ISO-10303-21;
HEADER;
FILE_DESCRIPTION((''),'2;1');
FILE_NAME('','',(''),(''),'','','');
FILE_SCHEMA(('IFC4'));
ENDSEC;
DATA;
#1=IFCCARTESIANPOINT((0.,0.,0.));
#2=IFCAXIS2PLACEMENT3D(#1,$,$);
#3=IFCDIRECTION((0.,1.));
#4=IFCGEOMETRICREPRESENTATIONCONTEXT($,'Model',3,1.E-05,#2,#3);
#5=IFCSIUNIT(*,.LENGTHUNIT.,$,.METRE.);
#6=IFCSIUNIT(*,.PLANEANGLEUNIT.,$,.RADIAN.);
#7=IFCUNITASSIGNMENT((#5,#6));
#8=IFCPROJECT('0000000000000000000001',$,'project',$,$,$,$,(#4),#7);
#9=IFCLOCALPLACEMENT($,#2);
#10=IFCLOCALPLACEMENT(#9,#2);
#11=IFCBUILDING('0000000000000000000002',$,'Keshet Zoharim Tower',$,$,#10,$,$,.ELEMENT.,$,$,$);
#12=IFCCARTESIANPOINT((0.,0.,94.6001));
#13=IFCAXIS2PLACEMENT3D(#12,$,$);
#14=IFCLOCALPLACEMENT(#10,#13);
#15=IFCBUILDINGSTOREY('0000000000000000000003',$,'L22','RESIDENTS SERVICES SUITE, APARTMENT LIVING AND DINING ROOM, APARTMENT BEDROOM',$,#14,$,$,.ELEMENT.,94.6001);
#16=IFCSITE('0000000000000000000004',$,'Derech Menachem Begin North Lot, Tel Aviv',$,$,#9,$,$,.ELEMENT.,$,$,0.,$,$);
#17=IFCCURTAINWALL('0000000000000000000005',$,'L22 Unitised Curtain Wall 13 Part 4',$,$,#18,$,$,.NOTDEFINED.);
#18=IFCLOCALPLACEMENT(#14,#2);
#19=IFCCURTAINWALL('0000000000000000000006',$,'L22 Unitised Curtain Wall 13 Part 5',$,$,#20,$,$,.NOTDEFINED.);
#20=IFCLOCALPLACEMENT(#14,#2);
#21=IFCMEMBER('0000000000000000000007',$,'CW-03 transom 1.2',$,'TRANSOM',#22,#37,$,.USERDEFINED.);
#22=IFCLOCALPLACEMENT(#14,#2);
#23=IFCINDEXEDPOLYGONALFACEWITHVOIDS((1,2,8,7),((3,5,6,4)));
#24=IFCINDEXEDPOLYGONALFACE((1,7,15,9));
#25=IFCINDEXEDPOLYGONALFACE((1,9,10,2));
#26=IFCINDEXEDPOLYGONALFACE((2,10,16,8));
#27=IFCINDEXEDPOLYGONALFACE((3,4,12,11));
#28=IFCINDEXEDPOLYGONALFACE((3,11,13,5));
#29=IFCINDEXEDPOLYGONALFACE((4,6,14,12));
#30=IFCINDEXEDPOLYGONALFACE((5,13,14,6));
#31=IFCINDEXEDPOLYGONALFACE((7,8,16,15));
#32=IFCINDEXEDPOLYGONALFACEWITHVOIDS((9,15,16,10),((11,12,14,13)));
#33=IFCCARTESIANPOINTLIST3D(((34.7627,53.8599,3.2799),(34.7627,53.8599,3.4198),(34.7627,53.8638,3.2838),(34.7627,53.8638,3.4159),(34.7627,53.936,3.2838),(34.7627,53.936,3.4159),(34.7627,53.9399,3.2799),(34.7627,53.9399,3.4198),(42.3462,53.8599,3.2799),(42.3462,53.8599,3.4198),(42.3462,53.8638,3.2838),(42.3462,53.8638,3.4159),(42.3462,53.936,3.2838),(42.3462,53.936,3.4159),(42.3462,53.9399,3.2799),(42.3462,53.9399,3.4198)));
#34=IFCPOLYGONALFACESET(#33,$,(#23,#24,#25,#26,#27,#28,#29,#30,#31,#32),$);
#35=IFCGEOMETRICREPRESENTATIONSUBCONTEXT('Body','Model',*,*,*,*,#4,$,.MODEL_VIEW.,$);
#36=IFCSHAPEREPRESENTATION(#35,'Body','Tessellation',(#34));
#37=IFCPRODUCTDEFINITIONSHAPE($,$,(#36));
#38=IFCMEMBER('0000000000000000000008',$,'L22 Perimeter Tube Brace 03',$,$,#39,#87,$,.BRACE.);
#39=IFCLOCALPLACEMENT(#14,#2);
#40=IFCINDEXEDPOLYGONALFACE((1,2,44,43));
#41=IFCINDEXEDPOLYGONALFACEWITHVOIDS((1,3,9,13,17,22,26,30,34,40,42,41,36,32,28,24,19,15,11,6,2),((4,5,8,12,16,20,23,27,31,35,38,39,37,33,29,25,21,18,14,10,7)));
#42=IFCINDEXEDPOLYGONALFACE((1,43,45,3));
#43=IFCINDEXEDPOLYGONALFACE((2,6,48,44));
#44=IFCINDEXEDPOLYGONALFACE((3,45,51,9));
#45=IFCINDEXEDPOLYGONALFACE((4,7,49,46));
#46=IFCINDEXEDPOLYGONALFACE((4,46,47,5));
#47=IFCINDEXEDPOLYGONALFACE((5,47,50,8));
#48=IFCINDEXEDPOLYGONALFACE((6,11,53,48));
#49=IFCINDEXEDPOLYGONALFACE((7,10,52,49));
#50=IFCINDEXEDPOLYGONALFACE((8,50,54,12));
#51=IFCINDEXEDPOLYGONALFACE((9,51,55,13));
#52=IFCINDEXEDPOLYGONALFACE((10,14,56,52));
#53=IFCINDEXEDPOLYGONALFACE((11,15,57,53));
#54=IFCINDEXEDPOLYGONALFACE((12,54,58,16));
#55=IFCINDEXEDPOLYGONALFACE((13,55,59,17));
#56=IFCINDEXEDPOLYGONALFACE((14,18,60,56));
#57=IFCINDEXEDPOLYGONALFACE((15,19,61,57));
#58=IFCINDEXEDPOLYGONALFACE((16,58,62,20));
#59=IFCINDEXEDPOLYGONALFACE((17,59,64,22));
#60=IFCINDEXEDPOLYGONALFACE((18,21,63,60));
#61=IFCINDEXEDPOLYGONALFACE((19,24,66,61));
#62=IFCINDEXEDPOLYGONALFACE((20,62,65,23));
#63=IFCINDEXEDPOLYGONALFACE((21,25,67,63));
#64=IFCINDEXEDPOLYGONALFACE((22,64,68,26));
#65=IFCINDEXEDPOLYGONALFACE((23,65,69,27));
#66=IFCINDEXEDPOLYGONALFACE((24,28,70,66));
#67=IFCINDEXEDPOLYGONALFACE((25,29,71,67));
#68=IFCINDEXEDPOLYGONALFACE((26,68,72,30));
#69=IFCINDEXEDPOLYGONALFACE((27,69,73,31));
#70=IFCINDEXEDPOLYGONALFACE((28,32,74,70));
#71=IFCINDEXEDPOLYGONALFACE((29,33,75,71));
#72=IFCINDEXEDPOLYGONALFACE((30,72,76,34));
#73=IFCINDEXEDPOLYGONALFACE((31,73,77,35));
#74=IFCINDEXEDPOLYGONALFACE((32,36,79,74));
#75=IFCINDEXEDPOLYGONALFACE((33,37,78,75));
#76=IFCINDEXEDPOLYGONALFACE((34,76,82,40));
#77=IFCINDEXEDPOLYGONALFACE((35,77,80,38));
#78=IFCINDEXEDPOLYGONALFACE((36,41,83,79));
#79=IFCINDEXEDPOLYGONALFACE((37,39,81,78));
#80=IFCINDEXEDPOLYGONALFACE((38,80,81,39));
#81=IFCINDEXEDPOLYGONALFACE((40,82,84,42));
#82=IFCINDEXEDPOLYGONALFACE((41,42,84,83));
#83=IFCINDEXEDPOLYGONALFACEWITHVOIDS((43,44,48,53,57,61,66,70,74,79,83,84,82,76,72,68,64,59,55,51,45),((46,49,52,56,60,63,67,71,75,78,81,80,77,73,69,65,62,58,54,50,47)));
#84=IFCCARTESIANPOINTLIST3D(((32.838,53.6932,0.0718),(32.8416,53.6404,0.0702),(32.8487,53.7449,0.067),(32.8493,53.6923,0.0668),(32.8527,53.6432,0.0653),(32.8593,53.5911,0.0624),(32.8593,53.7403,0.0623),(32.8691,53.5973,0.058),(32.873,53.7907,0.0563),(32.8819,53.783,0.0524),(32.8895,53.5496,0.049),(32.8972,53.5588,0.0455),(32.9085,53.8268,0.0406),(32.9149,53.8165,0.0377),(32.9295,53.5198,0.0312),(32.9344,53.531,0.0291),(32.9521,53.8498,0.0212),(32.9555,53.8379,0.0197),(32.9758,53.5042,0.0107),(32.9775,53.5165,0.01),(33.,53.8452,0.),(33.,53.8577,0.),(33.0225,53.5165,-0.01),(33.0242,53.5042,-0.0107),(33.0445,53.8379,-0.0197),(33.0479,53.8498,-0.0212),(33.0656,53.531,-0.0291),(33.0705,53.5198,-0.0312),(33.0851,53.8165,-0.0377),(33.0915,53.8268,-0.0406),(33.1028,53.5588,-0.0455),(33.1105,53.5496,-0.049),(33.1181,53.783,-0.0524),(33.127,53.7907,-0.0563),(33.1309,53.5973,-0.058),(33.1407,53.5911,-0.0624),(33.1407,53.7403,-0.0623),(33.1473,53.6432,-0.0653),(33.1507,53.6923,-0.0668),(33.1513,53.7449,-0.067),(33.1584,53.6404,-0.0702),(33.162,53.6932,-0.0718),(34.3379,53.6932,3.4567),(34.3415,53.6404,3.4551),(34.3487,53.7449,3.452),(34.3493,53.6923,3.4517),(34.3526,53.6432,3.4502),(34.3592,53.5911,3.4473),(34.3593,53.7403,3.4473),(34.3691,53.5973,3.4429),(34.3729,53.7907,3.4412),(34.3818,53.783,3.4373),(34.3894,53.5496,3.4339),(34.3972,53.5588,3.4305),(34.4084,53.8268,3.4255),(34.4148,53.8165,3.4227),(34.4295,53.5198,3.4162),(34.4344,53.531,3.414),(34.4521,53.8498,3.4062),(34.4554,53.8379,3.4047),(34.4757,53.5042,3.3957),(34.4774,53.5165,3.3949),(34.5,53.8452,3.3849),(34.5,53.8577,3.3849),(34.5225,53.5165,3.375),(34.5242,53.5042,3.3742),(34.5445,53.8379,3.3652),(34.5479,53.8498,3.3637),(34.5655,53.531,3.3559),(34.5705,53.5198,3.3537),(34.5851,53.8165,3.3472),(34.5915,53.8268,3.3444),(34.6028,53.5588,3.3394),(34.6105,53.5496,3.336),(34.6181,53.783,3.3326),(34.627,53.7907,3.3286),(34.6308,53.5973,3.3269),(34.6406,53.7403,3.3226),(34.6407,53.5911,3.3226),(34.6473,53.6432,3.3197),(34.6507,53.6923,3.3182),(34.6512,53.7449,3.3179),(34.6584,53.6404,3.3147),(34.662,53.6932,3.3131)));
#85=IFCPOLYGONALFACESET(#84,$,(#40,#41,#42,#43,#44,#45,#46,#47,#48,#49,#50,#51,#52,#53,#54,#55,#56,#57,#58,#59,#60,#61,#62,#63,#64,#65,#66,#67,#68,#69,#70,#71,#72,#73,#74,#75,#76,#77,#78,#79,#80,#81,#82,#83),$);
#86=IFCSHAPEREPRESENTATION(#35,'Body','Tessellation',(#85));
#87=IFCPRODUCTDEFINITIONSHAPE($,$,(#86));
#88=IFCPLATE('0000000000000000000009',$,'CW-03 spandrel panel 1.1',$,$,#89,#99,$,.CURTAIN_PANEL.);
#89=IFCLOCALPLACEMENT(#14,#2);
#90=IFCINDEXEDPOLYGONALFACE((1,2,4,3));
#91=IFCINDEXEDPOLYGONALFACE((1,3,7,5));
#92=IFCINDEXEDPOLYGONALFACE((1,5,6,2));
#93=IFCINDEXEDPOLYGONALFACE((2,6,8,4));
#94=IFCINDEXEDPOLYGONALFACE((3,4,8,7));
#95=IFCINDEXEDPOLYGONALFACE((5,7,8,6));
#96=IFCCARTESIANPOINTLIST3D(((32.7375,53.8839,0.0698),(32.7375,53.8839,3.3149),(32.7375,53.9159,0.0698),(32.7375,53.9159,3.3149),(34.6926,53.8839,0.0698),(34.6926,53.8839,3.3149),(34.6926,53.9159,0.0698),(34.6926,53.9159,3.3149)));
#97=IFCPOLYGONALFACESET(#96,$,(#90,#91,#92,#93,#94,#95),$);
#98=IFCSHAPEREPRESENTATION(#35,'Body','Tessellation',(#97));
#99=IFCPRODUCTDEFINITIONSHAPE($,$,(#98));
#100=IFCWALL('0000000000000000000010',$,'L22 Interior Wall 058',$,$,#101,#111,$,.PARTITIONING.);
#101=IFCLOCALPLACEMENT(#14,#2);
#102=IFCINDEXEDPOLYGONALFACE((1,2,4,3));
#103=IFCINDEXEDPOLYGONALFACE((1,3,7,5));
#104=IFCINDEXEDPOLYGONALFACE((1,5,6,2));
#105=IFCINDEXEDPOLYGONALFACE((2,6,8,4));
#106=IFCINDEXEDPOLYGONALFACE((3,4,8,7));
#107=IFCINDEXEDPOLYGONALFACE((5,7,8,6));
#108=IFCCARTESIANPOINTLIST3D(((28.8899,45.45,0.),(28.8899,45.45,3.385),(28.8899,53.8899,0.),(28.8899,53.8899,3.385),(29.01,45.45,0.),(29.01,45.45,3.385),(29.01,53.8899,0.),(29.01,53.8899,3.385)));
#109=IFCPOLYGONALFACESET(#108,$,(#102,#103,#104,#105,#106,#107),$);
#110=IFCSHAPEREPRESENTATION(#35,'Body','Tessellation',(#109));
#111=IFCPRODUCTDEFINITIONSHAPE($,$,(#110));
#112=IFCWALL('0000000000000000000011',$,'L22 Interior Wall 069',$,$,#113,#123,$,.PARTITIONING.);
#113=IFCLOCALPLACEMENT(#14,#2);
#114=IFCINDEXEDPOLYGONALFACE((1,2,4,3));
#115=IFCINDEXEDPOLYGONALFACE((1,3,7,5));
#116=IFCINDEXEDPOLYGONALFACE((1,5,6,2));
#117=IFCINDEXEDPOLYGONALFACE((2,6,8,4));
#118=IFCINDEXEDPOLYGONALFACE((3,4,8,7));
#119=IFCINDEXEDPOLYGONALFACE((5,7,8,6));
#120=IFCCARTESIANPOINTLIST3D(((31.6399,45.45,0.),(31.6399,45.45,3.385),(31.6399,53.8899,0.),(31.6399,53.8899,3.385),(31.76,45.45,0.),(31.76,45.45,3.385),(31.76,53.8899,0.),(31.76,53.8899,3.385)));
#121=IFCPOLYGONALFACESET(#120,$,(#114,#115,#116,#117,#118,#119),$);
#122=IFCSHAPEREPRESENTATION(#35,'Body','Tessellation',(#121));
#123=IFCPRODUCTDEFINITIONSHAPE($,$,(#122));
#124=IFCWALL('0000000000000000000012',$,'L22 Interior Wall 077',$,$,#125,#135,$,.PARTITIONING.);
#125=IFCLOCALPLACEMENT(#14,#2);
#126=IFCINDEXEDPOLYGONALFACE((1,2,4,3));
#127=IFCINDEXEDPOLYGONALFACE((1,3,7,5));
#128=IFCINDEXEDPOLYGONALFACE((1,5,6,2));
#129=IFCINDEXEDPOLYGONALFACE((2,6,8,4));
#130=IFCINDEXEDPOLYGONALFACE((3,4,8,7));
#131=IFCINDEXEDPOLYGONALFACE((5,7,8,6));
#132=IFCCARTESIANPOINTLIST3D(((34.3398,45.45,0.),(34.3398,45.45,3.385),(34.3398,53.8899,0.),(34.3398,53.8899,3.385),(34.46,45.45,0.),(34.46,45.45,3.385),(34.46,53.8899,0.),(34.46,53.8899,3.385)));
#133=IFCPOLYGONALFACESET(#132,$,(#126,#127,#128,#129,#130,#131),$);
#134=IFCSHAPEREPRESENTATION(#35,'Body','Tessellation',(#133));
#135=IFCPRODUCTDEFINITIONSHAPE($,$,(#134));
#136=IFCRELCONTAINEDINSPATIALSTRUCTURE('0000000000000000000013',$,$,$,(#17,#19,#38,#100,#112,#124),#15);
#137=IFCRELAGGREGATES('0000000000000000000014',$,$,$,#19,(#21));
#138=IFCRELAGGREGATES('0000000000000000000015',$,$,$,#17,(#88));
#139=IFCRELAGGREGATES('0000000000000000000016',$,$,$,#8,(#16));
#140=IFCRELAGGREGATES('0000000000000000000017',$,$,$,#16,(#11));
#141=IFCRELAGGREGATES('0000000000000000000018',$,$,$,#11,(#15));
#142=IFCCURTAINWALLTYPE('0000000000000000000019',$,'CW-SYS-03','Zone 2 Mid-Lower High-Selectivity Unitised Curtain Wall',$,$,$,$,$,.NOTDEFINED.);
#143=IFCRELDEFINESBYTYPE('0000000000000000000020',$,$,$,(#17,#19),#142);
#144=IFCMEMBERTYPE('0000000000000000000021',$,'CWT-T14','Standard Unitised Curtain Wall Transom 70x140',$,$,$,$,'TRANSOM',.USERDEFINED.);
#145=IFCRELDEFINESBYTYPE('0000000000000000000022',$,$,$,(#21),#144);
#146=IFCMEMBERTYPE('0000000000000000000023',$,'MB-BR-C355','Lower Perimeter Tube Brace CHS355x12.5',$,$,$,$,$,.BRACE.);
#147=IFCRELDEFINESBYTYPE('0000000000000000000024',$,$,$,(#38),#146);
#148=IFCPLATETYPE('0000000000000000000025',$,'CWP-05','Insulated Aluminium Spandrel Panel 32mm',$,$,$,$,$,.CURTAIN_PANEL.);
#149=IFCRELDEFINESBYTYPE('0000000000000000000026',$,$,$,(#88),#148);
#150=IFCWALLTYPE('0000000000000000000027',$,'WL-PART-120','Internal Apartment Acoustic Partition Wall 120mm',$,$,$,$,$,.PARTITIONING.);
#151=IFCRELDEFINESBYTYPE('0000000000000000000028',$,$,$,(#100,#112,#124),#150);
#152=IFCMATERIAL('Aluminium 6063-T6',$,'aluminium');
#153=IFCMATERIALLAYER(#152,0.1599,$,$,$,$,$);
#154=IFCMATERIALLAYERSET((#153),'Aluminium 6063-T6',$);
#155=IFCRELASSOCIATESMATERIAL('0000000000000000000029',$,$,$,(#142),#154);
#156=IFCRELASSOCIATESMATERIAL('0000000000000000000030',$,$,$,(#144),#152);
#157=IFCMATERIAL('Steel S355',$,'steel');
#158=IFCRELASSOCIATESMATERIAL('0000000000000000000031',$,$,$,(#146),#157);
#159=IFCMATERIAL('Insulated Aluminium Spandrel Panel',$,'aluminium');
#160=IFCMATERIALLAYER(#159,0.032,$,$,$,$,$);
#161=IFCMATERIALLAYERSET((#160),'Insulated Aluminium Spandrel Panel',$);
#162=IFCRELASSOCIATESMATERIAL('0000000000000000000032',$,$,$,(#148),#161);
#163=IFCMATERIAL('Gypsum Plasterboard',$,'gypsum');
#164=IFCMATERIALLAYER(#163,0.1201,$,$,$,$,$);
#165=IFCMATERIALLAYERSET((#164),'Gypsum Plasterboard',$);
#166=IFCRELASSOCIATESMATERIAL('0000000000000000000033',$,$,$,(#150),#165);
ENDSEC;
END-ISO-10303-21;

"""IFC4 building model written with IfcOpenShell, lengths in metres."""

from ifc_helpers import new_model, si_unit, direction, frame, frame_2d, origin, origin_2d, place, context, subcontext, project, spatial, rectangle, hollow_rectangle, hollow_circle, extrude, material, layer, layer_set, material_profile, profile_set, type_object, element, aggregate, save


model = new_model("IFC4")

# Units and contexts
model_context = context("Model", 3, precision=1e-05, world=origin(), true_north=direction((0.0, 1.0)))
body_context = subcontext(model_context, "Body", "Model", "MODEL_VIEW")
ifc_project = project(units=[si_unit("LENGTHUNIT", "METRE"), si_unit("PLANEANGLEUNIT", "RADIAN")], contexts=[model_context])

# Site, building, storey
site_placement = place(None, origin())
site = spatial("IfcSite", under=ifc_project, at=site_placement, Name="Derech Menachem Begin North Lot, Tel Aviv", CompositionType="ELEMENT", RefElevation=0.0)
building_placement = place(site_placement, origin())
building = spatial("IfcBuilding", under=site, at=building_placement, Name="Keshet Zoharim Tower", CompositionType="ELEMENT")
storey_placement = place(building_placement, frame((0.0, 0.0, 94.6001)))
storey = spatial("IfcBuildingStorey", under=building, at=storey_placement, Name="L22", Description="RESIDENTS SERVICES SUITE, APARTMENT LIVING AND DINING ROOM, APARTMENT BEDROOM", CompositionType="ELEMENT", Elevation=94.6001)

# Shared definitions
ifc_material_1 = material(Name="Steel S355", Category="steel")

# Shared definitions
ifc_material_2 = material(Name="Aluminium 6063-T6", Category="aluminium")
ifc_layer_1 = layer(ifc_material_2, 0.1599)
ifc_layer_set_1 = layer_set([ifc_layer_1], Name="Aluminium 6063-T6")
curtain_wall_type = type_object("IfcCurtainWallType", Name="CW-SYS-03", Description="Zone 2 Mid-Lower High-Selectivity Unitised Curtain Wall", PredefinedType="NOTDEFINED", material=ifc_layer_set_1)

# Curtain walls, member
curtain_wall_1_placement = place(storey_placement, origin())
curtain_wall_1 = element("IfcCurtainWall", 1, at=curtain_wall_1_placement, inside=storey, type_object=curtain_wall_type, Name="L22 Unitised Curtain Wall 13 Part 4", PredefinedType="NOTDEFINED")
ifc_material_profile_1 = material_profile(ifc_material_2, hollow_rectangle(XDim=0.0801, YDim=0.1399, WallThickness=0.0039, at=origin_2d()), Name="TRN-80x140")
ifc_profile_set_1 = profile_set([ifc_material_profile_1], Name="Aluminium 6063-T6")
member_type_1 = type_object("IfcMemberType", Name="CWT-T14", Description="Standard Unitised Curtain Wall Transom 70x140", ElementType="TRANSOM", PredefinedType="USERDEFINED", material=ifc_profile_set_1)
curtain_wall_2_placement = place(storey_placement, origin())
curtain_wall_2 = element("IfcCurtainWall", 2, at=curtain_wall_2_placement, inside=storey, type_object=curtain_wall_type, Name="L22 Unitised Curtain Wall 13 Part 5", PredefinedType="NOTDEFINED")
member_1_placement = place(storey_placement, frame((34.7627, 53.8999, 3.3499), z_axis=(1.0, 0.0, 0.0), x_axis=(0.0, 1.0, 0.0)))
member_1 = element("IfcMember", 3, at=member_1_placement, type_object=member_type_1, Name="CW-03 transom 1.2", ObjectType="TRANSOM", PredefinedType="USERDEFINED", context=body_context, shape_type="SweptSolid", body=[
    extrude(hollow_rectangle(XDim=0.0801, YDim=0.1399, WallThickness=0.0039, at=origin_2d()), origin(), (0.0, 0.0, 1.0), 7.5835),
])
aggregate(curtain_wall_2, [member_1])

# Member
ifc_material_profile_2 = material_profile(ifc_material_1, hollow_circle(Radius=0.1777, WallThickness=0.0125, at=origin_2d()), Name="CHS355x12.5")
ifc_profile_set_2 = profile_set([ifc_material_profile_2], Name="Steel S355")
member_type_2 = type_object("IfcMemberType", Name="MB-BR-C355", Description="Lower Perimeter Tube Brace CHS355x12.5", PredefinedType="BRACE", material=ifc_profile_set_2)
member_2_placement = place(storey_placement, frame((33.0, 53.6799, 0.0), z_axis=(0.405135, 0.0, 0.914257), x_axis=(0.0, 1.0, 0.0)))
element("IfcMember", 4, at=member_2_placement, inside=storey, type_object=member_type_2, Name="L22 Perimeter Tube Brace 03", PredefinedType="BRACE", context=body_context, shape_type="SweptSolid", body=[
    extrude(hollow_circle(Radius=0.1777, WallThickness=0.0125, at=origin_2d()), origin(), (0.0, 0.0, 1.0), 3.7024),
])

# Plate
ifc_material_3 = material(Name="Insulated Aluminium Spandrel Panel", Category="aluminium")
ifc_layer_2 = layer(ifc_material_3, 0.032)
ifc_layer_set_2 = layer_set([ifc_layer_2], Name="Insulated Aluminium Spandrel Panel")
plate_type = type_object("IfcPlateType", Name="CWP-05", Description="Insulated Aluminium Spandrel Panel 32mm", PredefinedType="CURTAIN_PANEL", material=ifc_layer_set_2)
plate_placement = place(storey_placement, frame((33.7151, 53.8999, 0.0698), z_axis=(0.0, 0.0, 1.0), x_axis=(1.0, 0.0, 0.0)))
plate = element("IfcPlate", 5, at=plate_placement, type_object=plate_type, Name="CW-03 spandrel panel 1.1", PredefinedType="CURTAIN_PANEL", context=body_context, shape_type="SweptSolid", body=[
    extrude(rectangle(XDim=1.9551, YDim=0.032, at=origin_2d()), origin(), (0.0, 0.0, 1.0), 3.2451),
])
aggregate(curtain_wall_1, [plate])

# Walls
ifc_material_4 = material(Name="Gypsum Plasterboard", Category="gypsum")
ifc_layer_3 = layer(ifc_material_4, 0.1201)
ifc_layer_set_3 = layer_set([ifc_layer_3], Name="Gypsum Plasterboard")
wall_type = type_object("IfcWallType", Name="WL-PART-120", Description="Internal Apartment Acoustic Partition Wall 120mm", PredefinedType="PARTITIONING", material=ifc_layer_set_3)
for number, where, z_axis, x_axis, name in (
    (6, (28.95, 45.45, 0.0), (0.0, 0.0, 1.0), (0.0, 1.0, 0.0), "L22 Interior Wall 058"),
    (7, (31.7, 45.45, 0.0), (0.0, 0.0, 1.0), (0.0, 1.0, 0.0), "L22 Interior Wall 069"),
    (8, (34.3999, 45.45, 0.0), (0.0, 0.0, 1.0), (0.0, 1.0, 0.0), "L22 Interior Wall 077"),
):
    element("IfcWall", number, at=place(storey_placement, frame(where, z_axis=z_axis, x_axis=x_axis)), inside=storey, type_object=wall_type, Name=name, PredefinedType="PARTITIONING", context=body_context, shape_type="SweptSolid", body=[
        extrude(rectangle(XDim=8.4399, YDim=0.1201, at=frame_2d((4.22, 0.0))), origin(), (0.0, 0.0, 1.0), 3.385),
    ])

save(model, "model.ifc")
